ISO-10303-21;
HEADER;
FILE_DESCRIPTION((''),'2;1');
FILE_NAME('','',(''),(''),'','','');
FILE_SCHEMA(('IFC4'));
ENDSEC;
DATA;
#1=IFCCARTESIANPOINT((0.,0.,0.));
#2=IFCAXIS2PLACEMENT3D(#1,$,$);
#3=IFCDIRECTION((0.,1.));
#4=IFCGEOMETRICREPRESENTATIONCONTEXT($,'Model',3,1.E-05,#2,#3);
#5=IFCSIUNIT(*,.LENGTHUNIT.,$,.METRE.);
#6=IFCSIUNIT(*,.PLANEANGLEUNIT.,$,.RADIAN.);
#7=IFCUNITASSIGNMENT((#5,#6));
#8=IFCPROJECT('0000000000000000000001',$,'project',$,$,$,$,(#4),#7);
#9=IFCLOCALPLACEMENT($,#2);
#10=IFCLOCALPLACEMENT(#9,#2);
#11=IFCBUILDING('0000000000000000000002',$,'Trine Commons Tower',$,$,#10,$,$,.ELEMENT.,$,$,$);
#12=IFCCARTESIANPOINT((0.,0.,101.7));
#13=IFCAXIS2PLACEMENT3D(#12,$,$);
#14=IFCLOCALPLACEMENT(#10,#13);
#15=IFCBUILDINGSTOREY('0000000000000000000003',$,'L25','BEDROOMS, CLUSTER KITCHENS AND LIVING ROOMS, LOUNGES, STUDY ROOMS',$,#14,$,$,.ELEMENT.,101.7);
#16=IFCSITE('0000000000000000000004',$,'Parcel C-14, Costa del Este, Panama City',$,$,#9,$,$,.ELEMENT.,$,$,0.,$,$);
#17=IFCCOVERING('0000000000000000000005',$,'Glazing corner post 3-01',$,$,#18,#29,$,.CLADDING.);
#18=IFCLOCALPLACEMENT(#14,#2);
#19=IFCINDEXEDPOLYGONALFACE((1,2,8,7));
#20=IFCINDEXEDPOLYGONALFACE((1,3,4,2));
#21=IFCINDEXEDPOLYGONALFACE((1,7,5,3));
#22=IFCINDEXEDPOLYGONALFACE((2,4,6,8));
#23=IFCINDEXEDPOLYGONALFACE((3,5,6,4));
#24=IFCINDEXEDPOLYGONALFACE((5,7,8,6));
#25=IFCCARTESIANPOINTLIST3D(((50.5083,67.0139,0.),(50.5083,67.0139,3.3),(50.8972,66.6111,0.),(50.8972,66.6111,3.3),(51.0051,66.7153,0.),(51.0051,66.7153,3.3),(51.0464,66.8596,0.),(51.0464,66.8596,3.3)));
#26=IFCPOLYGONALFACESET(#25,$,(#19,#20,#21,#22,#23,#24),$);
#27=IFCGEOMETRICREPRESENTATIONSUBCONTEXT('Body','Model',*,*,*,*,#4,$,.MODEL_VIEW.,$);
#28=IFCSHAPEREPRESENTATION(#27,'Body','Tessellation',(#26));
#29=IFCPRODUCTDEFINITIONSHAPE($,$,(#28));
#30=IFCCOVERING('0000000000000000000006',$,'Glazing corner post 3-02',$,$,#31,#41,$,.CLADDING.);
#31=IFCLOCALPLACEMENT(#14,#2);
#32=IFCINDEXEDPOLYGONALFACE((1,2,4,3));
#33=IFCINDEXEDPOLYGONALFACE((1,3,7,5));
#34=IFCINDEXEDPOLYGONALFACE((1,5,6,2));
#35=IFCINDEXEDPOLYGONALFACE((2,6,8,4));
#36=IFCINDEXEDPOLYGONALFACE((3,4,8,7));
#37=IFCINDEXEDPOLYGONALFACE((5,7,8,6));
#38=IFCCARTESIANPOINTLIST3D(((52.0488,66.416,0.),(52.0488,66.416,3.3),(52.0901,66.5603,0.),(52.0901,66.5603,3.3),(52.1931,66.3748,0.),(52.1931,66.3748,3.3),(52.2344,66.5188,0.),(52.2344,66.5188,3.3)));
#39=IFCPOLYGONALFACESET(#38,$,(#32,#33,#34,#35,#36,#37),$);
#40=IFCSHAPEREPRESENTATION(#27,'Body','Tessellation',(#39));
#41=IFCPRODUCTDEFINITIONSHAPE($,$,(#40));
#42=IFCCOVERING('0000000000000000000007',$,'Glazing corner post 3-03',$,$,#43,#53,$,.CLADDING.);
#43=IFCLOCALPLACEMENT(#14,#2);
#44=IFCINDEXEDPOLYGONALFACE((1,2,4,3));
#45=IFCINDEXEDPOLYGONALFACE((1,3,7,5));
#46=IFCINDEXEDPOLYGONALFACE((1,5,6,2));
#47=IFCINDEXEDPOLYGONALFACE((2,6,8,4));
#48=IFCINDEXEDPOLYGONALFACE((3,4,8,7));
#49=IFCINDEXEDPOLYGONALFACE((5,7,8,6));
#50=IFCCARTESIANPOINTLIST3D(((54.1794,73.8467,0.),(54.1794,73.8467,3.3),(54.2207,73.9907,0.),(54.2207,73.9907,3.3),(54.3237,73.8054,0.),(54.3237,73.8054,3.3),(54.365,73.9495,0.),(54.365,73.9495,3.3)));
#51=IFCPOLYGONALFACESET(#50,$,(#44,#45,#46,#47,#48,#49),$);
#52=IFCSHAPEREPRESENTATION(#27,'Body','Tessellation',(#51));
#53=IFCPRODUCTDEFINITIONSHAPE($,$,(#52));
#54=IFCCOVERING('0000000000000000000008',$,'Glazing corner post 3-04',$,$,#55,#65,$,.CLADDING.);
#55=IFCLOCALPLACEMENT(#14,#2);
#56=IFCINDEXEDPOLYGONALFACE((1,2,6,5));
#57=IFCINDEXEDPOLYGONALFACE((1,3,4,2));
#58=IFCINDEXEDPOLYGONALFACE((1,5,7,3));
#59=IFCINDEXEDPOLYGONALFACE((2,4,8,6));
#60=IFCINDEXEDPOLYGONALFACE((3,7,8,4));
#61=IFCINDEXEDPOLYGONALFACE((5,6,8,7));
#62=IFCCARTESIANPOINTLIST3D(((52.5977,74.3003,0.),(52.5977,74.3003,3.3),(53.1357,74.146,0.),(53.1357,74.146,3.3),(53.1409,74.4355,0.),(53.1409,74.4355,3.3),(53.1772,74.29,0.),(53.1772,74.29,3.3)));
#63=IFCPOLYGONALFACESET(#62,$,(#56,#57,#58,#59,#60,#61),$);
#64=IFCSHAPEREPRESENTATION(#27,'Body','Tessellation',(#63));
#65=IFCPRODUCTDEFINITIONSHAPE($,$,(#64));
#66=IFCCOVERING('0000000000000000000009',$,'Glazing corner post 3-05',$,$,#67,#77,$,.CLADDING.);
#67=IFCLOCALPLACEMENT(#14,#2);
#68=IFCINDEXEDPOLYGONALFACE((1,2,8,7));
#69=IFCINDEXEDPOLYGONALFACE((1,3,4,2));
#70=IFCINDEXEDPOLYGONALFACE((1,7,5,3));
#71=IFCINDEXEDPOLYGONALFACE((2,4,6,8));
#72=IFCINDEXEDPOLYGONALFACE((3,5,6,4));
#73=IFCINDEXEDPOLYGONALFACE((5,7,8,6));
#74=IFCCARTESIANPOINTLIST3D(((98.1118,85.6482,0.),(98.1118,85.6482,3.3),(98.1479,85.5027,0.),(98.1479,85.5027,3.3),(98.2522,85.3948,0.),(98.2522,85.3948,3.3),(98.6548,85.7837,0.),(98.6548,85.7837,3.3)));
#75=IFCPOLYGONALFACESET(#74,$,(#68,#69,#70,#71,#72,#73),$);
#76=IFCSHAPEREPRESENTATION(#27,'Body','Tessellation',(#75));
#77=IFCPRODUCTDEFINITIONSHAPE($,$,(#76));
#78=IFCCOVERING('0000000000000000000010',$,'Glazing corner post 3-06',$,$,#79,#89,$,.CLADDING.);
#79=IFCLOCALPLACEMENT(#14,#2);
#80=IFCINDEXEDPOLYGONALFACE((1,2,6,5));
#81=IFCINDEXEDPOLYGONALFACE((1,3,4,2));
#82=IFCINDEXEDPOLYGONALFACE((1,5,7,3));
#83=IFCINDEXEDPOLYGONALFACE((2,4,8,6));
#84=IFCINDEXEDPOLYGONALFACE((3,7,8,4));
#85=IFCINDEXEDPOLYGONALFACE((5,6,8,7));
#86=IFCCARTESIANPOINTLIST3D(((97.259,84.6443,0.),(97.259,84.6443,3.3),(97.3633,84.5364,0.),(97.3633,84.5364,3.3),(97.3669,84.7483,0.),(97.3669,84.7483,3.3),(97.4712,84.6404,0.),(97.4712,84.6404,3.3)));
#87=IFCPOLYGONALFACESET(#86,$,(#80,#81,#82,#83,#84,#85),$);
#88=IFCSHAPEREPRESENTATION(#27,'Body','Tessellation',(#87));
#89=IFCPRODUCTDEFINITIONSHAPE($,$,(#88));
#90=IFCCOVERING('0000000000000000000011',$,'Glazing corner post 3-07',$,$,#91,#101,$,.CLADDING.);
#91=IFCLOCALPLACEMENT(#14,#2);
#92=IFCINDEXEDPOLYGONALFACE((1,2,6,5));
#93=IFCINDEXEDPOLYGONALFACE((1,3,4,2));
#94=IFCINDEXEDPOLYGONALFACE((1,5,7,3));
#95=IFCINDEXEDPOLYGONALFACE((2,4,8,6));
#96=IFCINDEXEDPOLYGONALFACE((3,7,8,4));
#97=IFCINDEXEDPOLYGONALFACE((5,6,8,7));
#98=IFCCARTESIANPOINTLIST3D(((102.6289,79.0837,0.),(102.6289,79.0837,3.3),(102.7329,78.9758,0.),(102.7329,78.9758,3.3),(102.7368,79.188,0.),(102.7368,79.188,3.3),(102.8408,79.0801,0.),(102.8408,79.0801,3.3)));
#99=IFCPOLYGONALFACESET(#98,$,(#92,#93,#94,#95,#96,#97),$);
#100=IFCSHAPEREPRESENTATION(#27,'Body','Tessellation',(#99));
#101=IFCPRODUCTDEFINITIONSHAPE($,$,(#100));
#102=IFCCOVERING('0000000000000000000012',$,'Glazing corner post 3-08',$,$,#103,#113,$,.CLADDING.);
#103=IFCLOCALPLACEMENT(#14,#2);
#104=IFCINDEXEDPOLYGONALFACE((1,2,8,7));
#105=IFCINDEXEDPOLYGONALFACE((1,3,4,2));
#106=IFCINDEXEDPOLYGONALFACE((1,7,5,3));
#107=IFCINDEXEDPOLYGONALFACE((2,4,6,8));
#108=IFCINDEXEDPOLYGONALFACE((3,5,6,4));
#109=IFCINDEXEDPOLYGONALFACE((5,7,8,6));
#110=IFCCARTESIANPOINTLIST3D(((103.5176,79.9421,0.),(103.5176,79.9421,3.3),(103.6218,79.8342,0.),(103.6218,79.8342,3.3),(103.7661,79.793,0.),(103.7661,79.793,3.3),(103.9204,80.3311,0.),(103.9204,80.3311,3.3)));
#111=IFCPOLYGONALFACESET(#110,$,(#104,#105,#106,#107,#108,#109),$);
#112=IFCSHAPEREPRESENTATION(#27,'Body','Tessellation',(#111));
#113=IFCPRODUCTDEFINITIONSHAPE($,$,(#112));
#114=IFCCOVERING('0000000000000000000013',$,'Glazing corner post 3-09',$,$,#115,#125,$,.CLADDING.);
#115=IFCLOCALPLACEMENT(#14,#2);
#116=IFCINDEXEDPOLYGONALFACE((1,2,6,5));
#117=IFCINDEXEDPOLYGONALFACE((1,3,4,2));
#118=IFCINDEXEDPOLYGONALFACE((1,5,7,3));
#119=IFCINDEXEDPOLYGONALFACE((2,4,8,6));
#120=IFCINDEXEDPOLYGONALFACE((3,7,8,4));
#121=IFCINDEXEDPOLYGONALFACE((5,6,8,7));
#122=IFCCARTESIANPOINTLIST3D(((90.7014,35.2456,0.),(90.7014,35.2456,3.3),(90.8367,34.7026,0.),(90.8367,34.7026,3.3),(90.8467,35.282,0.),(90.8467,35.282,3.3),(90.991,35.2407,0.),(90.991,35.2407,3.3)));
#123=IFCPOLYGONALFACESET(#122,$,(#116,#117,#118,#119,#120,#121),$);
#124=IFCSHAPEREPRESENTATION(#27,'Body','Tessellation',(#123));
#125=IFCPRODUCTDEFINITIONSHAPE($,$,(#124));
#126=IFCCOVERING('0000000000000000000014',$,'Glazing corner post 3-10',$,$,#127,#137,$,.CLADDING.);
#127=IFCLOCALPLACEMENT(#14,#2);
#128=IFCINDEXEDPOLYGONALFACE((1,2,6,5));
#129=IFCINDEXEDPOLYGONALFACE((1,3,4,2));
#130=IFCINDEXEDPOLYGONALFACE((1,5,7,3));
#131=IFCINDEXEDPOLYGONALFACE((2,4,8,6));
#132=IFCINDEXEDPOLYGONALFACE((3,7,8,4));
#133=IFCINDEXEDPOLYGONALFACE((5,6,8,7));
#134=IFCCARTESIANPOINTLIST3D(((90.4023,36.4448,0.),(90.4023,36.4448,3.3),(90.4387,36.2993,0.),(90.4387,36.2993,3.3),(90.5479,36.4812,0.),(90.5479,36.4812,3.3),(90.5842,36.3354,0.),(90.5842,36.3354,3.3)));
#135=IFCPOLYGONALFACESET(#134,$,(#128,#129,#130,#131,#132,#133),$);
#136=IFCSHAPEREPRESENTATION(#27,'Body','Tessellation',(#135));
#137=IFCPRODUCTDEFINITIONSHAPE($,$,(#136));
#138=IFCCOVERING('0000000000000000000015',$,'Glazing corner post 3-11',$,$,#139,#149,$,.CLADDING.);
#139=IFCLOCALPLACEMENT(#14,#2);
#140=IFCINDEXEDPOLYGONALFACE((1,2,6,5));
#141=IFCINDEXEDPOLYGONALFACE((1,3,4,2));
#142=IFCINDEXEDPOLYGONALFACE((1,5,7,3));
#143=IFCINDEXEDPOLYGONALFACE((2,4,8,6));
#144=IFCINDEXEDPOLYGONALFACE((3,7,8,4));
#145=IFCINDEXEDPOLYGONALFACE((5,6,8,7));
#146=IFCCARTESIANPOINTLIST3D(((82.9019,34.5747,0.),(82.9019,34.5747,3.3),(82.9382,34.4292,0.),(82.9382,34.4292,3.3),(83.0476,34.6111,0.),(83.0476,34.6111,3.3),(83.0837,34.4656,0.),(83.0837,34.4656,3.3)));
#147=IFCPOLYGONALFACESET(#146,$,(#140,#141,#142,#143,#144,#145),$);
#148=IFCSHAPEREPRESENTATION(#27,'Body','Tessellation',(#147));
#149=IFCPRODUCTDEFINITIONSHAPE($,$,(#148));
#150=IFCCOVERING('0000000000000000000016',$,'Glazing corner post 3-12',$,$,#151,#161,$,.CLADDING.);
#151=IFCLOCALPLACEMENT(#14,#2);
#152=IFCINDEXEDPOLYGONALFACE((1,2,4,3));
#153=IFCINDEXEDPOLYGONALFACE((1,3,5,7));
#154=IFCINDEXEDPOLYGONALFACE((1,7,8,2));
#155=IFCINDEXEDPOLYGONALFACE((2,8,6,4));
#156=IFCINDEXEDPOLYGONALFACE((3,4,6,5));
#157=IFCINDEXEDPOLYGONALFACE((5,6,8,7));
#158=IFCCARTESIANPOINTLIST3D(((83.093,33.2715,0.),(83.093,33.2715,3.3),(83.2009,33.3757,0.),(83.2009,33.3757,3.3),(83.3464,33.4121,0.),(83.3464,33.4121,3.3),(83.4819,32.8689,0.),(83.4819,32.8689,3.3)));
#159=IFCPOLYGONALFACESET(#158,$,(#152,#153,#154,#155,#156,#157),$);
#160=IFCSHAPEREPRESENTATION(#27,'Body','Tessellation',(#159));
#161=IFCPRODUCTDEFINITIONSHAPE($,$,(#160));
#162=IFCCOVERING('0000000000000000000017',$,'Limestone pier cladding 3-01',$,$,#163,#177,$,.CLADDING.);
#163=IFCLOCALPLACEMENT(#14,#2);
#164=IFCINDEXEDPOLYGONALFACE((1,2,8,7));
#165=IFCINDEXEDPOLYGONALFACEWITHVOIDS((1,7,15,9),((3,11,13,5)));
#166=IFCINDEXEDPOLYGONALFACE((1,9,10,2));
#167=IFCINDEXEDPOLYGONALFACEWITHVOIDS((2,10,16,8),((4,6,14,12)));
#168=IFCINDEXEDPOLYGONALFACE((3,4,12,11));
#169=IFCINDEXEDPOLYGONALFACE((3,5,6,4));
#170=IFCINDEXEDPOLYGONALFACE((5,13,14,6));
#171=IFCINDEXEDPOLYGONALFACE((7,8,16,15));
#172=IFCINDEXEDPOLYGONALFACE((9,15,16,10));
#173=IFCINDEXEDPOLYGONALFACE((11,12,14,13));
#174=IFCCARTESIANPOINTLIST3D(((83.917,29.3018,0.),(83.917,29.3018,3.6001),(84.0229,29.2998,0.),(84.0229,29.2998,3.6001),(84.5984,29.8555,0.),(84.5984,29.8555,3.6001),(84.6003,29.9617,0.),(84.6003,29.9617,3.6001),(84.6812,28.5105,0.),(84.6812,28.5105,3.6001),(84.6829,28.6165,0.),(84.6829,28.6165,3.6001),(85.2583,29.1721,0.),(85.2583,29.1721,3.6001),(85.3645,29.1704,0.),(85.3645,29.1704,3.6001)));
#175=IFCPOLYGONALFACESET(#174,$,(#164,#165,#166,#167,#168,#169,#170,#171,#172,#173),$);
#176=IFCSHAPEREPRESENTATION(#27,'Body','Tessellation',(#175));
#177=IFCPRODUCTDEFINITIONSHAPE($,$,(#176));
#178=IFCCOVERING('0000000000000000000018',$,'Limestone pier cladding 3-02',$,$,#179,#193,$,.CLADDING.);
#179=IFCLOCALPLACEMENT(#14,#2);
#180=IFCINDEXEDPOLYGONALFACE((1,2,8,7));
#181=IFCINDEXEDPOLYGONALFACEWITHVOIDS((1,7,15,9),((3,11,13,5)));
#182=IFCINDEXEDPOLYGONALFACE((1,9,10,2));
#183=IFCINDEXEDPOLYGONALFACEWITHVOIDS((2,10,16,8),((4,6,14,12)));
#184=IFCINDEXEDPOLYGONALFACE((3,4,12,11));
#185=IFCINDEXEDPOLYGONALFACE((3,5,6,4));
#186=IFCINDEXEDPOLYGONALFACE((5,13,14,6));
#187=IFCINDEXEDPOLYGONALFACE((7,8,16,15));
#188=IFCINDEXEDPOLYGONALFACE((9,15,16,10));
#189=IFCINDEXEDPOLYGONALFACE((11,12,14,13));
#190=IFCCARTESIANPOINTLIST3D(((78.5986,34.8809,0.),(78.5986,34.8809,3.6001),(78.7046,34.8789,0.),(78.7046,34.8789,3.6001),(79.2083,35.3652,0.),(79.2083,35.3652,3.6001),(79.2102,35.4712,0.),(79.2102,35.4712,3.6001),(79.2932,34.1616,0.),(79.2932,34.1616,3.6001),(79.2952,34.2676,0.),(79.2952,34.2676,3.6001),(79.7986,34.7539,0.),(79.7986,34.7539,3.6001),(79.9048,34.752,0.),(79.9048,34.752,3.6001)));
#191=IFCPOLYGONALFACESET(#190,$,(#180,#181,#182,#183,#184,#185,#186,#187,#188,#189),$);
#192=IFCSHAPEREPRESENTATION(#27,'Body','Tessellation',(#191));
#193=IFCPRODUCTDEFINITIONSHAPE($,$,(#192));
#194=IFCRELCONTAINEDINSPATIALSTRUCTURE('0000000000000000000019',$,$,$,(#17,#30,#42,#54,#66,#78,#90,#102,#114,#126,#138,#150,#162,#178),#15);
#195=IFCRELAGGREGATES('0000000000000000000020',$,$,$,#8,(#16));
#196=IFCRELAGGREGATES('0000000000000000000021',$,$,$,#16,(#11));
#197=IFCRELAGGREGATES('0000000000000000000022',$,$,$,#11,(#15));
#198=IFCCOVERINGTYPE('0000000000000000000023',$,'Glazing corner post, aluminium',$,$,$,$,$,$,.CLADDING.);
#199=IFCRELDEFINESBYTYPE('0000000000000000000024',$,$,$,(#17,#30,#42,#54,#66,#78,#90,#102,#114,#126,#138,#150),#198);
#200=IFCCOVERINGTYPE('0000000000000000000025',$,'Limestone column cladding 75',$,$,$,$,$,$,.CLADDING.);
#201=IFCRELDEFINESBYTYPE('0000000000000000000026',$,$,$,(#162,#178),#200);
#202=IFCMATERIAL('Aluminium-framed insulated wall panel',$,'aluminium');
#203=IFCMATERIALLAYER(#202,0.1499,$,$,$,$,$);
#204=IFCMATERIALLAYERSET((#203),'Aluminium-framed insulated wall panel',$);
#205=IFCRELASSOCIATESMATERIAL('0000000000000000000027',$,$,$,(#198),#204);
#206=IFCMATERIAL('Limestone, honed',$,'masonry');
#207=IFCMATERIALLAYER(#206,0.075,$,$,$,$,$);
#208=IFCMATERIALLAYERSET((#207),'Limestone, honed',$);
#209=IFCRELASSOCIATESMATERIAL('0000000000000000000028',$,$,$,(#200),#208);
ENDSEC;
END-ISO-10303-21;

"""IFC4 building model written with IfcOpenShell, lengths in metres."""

from ifc_helpers import new_model, si_unit, direction, frame, origin, place, context, subcontext, project, spatial, polyline, outline, extrude, material, layer, layer_set, type_object, element, save


model = new_model("IFC4")

# Units and contexts
model_context = context("Model", 3, precision=1e-05, world=origin(), true_north=direction((0.0, 1.0)))
body_context = subcontext(model_context, "Body", "Model", "MODEL_VIEW")
ifc_project = project(units=[si_unit("LENGTHUNIT", "METRE"), si_unit("PLANEANGLEUNIT", "RADIAN")], contexts=[model_context])

# Site, building, storey
site_placement = place(None, origin())
site = spatial("IfcSite", under=ifc_project, at=site_placement, Name="Parcel C-14, Costa del Este, Panama City", CompositionType="ELEMENT", RefElevation=0.0)
building_placement = place(site_placement, origin())
building = spatial("IfcBuilding", under=site, at=building_placement, Name="Trine Commons Tower", CompositionType="ELEMENT")
storey_placement = place(building_placement, frame((0.0, 0.0, 101.7)))
storey = spatial("IfcBuildingStorey", under=building, at=storey_placement, Name="L25", Description="BEDROOMS, CLUSTER KITCHENS AND LIVING ROOMS, LOUNGES, STUDY ROOMS", CompositionType="ELEMENT", Elevation=101.7)

# Coverings
ifc_material_1 = material(Name="Aluminium-framed insulated wall panel", Category="aluminium")
ifc_layer_1 = layer(ifc_material_1, 0.1499)
ifc_layer_set_1 = layer_set([ifc_layer_1], Name="Aluminium-framed insulated wall panel")
covering_type_1 = type_object("IfcCoveringType", Name="Glazing corner post, aluminium", PredefinedType="CLADDING", material=ifc_layer_set_1)
covering_1_placement = place(storey_placement, origin())
element("IfcCovering", 1, at=covering_1_placement, inside=storey, type_object=covering_type_1, Name="Glazing corner post 3-01", PredefinedType="CLADDING", context=body_context, shape_type="SweptSolid", body=[
    extrude(outline(polyline([(50.8972, 66.6111), (51.0051, 66.7153), (51.0464, 66.8596), (50.5083, 67.0139), (50.8972, 66.6111)])), origin(), (0.0, 0.0, 1.0), 3.3),
])
covering_2_placement = place(storey_placement, origin())
element("IfcCovering", 2, at=covering_2_placement, inside=storey, type_object=covering_type_1, Name="Glazing corner post 3-02", PredefinedType="CLADDING", context=body_context, shape_type="SweptSolid", body=[
    extrude(outline(polyline([(52.0488, 66.416), (52.1931, 66.3748), (52.2344, 66.5188), (52.0901, 66.5603), (52.0488, 66.416)])), origin(), (0.0, 0.0, 1.0), 3.3),
])
covering_3_placement = place(storey_placement, origin())
element("IfcCovering", 3, at=covering_3_placement, inside=storey, type_object=covering_type_1, Name="Glazing corner post 3-03", PredefinedType="CLADDING", context=body_context, shape_type="SweptSolid", body=[
    extrude(outline(polyline([(54.3237, 73.8054), (54.365, 73.9495), (54.2207, 73.9907), (54.1794, 73.8467), (54.3237, 73.8054)])), origin(), (0.0, 0.0, 1.0), 3.3),
])
covering_4_placement = place(storey_placement, origin())
element("IfcCovering", 4, at=covering_4_placement, inside=storey, type_object=covering_type_1, Name="Glazing corner post 3-04", PredefinedType="CLADDING", context=body_context, shape_type="SweptSolid", body=[
    extrude(outline(polyline([(53.1357, 74.146), (53.1772, 74.29), (53.1409, 74.4355), (52.5977, 74.3003), (53.1357, 74.146)])), origin(), (0.0, 0.0, 1.0), 3.3),
])
covering_5_placement = place(storey_placement, origin())
element("IfcCovering", 5, at=covering_5_placement, inside=storey, type_object=covering_type_1, Name="Glazing corner post 3-05", PredefinedType="CLADDING", context=body_context, shape_type="SweptSolid", body=[
    extrude(outline(polyline([(98.2522, 85.3948), (98.6548, 85.7837), (98.1118, 85.6482), (98.1479, 85.5027), (98.2522, 85.3948)])), origin(), (0.0, 0.0, 1.0), 3.3),
])
covering_6_placement = place(storey_placement, origin())
element("IfcCovering", 6, at=covering_6_placement, inside=storey, type_object=covering_type_1, Name="Glazing corner post 3-06", PredefinedType="CLADDING", context=body_context, shape_type="SweptSolid", body=[
    extrude(outline(polyline([(97.3633, 84.5364), (97.4712, 84.6404), (97.4712, 84.6404), (97.3669, 84.7483), (97.259, 84.6443), (97.3633, 84.5364)])), origin(), (0.0, 0.0, 1.0), 3.3),
])
covering_7_placement = place(storey_placement, origin())
element("IfcCovering", 7, at=covering_7_placement, inside=storey, type_object=covering_type_1, Name="Glazing corner post 3-07", PredefinedType="CLADDING", context=body_context, shape_type="SweptSolid", body=[
    extrude(outline(polyline([(102.6289, 79.0837), (102.7329, 78.9758), (102.8408, 79.0801), (102.7368, 79.188), (102.7368, 79.188), (102.6289, 79.0837)])), origin(), (0.0, 0.0, 1.0), 3.3),
])
covering_8_placement = place(storey_placement, origin())
element("IfcCovering", 8, at=covering_8_placement, inside=storey, type_object=covering_type_1, Name="Glazing corner post 3-08", PredefinedType="CLADDING", context=body_context, shape_type="SweptSolid", body=[
    extrude(outline(polyline([(103.7661, 79.793), (103.9204, 80.3311), (103.5176, 79.9421), (103.6218, 79.8342), (103.7661, 79.793)])), origin(), (0.0, 0.0, 1.0), 3.3),
])
covering_9_placement = place(storey_placement, origin())
element("IfcCovering", 9, at=covering_9_placement, inside=storey, type_object=covering_type_1, Name="Glazing corner post 3-09", PredefinedType="CLADDING", context=body_context, shape_type="SweptSolid", body=[
    extrude(outline(polyline([(90.7014, 35.2456), (90.8367, 34.7026), (90.991, 35.2407), (90.8467, 35.282), (90.7014, 35.2456)])), origin(), (0.0, 0.0, 1.0), 3.3),
])
covering_10_placement = place(storey_placement, origin())
element("IfcCovering", 10, at=covering_10_placement, inside=storey, type_object=covering_type_1, Name="Glazing corner post 3-10", PredefinedType="CLADDING", context=body_context, shape_type="SweptSolid", body=[
    extrude(outline(polyline([(90.4023, 36.4448), (90.4387, 36.2993), (90.5842, 36.3354), (90.5479, 36.4812), (90.4023, 36.4448)])), origin(), (0.0, 0.0, 1.0), 3.3),
])
covering_11_placement = place(storey_placement, origin())
element("IfcCovering", 11, at=covering_11_placement, inside=storey, type_object=covering_type_1, Name="Glazing corner post 3-11", PredefinedType="CLADDING", context=body_context, shape_type="SweptSolid", body=[
    extrude(outline(polyline([(82.9382, 34.4292), (83.0837, 34.4656), (83.0476, 34.6111), (82.9019, 34.5747), (82.9382, 34.4292)])), origin(), (0.0, 0.0, 1.0), 3.3),
])
covering_12_placement = place(storey_placement, origin())
element("IfcCovering", 12, at=covering_12_placement, inside=storey, type_object=covering_type_1, Name="Glazing corner post 3-12", PredefinedType="CLADDING", context=body_context, shape_type="SweptSolid", body=[
    extrude(outline(polyline([(83.093, 33.2715), (83.4819, 32.8689), (83.3464, 33.4121), (83.2009, 33.3757), (83.093, 33.2715)])), origin(), (0.0, 0.0, 1.0), 3.3),
])
ifc_material_2 = material(Name="Limestone, honed", Category="masonry")
ifc_layer_2 = layer(ifc_material_2, 0.075)
ifc_layer_set_2 = layer_set([ifc_layer_2], Name="Limestone, honed")
covering_type_2 = type_object("IfcCoveringType", Name="Limestone column cladding 75", PredefinedType="CLADDING", material=ifc_layer_set_2)
covering_13_placement = place(storey_placement, origin())
element("IfcCovering", 13, at=covering_13_placement, inside=storey, type_object=covering_type_2, Name="Limestone pier cladding 3-01", PredefinedType="CLADDING", context=body_context, shape_type="SweptSolid", body=[
    extrude(outline(polyline([(84.6003, 29.9617), (83.917, 29.3018), (84.6812, 28.5105), (85.3645, 29.1704), (84.6003, 29.9617)]), holes=[polyline([(84.5984, 29.8555), (84.0229, 29.2998), (84.6829, 28.6165), (85.2583, 29.1721), (84.5984, 29.8555)])]), origin(), (0.0, 0.0, 1.0), 3.6001),
])
covering_14_placement = place(storey_placement, origin())
element("IfcCovering", 14, at=covering_14_placement, inside=storey, type_object=covering_type_2, Name="Limestone pier cladding 3-02", PredefinedType="CLADDING", context=body_context, shape_type="SweptSolid", body=[
    extrude(outline(polyline([(79.2102, 35.4712), (78.5986, 34.8809), (79.2932, 34.1616), (79.9048, 34.752), (79.2102, 35.4712)]), holes=[polyline([(79.2083, 35.3652), (78.7046, 34.8789), (79.2952, 34.2676), (79.7986, 34.7539), (79.2083, 35.3652)])]), origin(), (0.0, 0.0, 1.0), 3.6001),
])

save(model, "model.ifc")
